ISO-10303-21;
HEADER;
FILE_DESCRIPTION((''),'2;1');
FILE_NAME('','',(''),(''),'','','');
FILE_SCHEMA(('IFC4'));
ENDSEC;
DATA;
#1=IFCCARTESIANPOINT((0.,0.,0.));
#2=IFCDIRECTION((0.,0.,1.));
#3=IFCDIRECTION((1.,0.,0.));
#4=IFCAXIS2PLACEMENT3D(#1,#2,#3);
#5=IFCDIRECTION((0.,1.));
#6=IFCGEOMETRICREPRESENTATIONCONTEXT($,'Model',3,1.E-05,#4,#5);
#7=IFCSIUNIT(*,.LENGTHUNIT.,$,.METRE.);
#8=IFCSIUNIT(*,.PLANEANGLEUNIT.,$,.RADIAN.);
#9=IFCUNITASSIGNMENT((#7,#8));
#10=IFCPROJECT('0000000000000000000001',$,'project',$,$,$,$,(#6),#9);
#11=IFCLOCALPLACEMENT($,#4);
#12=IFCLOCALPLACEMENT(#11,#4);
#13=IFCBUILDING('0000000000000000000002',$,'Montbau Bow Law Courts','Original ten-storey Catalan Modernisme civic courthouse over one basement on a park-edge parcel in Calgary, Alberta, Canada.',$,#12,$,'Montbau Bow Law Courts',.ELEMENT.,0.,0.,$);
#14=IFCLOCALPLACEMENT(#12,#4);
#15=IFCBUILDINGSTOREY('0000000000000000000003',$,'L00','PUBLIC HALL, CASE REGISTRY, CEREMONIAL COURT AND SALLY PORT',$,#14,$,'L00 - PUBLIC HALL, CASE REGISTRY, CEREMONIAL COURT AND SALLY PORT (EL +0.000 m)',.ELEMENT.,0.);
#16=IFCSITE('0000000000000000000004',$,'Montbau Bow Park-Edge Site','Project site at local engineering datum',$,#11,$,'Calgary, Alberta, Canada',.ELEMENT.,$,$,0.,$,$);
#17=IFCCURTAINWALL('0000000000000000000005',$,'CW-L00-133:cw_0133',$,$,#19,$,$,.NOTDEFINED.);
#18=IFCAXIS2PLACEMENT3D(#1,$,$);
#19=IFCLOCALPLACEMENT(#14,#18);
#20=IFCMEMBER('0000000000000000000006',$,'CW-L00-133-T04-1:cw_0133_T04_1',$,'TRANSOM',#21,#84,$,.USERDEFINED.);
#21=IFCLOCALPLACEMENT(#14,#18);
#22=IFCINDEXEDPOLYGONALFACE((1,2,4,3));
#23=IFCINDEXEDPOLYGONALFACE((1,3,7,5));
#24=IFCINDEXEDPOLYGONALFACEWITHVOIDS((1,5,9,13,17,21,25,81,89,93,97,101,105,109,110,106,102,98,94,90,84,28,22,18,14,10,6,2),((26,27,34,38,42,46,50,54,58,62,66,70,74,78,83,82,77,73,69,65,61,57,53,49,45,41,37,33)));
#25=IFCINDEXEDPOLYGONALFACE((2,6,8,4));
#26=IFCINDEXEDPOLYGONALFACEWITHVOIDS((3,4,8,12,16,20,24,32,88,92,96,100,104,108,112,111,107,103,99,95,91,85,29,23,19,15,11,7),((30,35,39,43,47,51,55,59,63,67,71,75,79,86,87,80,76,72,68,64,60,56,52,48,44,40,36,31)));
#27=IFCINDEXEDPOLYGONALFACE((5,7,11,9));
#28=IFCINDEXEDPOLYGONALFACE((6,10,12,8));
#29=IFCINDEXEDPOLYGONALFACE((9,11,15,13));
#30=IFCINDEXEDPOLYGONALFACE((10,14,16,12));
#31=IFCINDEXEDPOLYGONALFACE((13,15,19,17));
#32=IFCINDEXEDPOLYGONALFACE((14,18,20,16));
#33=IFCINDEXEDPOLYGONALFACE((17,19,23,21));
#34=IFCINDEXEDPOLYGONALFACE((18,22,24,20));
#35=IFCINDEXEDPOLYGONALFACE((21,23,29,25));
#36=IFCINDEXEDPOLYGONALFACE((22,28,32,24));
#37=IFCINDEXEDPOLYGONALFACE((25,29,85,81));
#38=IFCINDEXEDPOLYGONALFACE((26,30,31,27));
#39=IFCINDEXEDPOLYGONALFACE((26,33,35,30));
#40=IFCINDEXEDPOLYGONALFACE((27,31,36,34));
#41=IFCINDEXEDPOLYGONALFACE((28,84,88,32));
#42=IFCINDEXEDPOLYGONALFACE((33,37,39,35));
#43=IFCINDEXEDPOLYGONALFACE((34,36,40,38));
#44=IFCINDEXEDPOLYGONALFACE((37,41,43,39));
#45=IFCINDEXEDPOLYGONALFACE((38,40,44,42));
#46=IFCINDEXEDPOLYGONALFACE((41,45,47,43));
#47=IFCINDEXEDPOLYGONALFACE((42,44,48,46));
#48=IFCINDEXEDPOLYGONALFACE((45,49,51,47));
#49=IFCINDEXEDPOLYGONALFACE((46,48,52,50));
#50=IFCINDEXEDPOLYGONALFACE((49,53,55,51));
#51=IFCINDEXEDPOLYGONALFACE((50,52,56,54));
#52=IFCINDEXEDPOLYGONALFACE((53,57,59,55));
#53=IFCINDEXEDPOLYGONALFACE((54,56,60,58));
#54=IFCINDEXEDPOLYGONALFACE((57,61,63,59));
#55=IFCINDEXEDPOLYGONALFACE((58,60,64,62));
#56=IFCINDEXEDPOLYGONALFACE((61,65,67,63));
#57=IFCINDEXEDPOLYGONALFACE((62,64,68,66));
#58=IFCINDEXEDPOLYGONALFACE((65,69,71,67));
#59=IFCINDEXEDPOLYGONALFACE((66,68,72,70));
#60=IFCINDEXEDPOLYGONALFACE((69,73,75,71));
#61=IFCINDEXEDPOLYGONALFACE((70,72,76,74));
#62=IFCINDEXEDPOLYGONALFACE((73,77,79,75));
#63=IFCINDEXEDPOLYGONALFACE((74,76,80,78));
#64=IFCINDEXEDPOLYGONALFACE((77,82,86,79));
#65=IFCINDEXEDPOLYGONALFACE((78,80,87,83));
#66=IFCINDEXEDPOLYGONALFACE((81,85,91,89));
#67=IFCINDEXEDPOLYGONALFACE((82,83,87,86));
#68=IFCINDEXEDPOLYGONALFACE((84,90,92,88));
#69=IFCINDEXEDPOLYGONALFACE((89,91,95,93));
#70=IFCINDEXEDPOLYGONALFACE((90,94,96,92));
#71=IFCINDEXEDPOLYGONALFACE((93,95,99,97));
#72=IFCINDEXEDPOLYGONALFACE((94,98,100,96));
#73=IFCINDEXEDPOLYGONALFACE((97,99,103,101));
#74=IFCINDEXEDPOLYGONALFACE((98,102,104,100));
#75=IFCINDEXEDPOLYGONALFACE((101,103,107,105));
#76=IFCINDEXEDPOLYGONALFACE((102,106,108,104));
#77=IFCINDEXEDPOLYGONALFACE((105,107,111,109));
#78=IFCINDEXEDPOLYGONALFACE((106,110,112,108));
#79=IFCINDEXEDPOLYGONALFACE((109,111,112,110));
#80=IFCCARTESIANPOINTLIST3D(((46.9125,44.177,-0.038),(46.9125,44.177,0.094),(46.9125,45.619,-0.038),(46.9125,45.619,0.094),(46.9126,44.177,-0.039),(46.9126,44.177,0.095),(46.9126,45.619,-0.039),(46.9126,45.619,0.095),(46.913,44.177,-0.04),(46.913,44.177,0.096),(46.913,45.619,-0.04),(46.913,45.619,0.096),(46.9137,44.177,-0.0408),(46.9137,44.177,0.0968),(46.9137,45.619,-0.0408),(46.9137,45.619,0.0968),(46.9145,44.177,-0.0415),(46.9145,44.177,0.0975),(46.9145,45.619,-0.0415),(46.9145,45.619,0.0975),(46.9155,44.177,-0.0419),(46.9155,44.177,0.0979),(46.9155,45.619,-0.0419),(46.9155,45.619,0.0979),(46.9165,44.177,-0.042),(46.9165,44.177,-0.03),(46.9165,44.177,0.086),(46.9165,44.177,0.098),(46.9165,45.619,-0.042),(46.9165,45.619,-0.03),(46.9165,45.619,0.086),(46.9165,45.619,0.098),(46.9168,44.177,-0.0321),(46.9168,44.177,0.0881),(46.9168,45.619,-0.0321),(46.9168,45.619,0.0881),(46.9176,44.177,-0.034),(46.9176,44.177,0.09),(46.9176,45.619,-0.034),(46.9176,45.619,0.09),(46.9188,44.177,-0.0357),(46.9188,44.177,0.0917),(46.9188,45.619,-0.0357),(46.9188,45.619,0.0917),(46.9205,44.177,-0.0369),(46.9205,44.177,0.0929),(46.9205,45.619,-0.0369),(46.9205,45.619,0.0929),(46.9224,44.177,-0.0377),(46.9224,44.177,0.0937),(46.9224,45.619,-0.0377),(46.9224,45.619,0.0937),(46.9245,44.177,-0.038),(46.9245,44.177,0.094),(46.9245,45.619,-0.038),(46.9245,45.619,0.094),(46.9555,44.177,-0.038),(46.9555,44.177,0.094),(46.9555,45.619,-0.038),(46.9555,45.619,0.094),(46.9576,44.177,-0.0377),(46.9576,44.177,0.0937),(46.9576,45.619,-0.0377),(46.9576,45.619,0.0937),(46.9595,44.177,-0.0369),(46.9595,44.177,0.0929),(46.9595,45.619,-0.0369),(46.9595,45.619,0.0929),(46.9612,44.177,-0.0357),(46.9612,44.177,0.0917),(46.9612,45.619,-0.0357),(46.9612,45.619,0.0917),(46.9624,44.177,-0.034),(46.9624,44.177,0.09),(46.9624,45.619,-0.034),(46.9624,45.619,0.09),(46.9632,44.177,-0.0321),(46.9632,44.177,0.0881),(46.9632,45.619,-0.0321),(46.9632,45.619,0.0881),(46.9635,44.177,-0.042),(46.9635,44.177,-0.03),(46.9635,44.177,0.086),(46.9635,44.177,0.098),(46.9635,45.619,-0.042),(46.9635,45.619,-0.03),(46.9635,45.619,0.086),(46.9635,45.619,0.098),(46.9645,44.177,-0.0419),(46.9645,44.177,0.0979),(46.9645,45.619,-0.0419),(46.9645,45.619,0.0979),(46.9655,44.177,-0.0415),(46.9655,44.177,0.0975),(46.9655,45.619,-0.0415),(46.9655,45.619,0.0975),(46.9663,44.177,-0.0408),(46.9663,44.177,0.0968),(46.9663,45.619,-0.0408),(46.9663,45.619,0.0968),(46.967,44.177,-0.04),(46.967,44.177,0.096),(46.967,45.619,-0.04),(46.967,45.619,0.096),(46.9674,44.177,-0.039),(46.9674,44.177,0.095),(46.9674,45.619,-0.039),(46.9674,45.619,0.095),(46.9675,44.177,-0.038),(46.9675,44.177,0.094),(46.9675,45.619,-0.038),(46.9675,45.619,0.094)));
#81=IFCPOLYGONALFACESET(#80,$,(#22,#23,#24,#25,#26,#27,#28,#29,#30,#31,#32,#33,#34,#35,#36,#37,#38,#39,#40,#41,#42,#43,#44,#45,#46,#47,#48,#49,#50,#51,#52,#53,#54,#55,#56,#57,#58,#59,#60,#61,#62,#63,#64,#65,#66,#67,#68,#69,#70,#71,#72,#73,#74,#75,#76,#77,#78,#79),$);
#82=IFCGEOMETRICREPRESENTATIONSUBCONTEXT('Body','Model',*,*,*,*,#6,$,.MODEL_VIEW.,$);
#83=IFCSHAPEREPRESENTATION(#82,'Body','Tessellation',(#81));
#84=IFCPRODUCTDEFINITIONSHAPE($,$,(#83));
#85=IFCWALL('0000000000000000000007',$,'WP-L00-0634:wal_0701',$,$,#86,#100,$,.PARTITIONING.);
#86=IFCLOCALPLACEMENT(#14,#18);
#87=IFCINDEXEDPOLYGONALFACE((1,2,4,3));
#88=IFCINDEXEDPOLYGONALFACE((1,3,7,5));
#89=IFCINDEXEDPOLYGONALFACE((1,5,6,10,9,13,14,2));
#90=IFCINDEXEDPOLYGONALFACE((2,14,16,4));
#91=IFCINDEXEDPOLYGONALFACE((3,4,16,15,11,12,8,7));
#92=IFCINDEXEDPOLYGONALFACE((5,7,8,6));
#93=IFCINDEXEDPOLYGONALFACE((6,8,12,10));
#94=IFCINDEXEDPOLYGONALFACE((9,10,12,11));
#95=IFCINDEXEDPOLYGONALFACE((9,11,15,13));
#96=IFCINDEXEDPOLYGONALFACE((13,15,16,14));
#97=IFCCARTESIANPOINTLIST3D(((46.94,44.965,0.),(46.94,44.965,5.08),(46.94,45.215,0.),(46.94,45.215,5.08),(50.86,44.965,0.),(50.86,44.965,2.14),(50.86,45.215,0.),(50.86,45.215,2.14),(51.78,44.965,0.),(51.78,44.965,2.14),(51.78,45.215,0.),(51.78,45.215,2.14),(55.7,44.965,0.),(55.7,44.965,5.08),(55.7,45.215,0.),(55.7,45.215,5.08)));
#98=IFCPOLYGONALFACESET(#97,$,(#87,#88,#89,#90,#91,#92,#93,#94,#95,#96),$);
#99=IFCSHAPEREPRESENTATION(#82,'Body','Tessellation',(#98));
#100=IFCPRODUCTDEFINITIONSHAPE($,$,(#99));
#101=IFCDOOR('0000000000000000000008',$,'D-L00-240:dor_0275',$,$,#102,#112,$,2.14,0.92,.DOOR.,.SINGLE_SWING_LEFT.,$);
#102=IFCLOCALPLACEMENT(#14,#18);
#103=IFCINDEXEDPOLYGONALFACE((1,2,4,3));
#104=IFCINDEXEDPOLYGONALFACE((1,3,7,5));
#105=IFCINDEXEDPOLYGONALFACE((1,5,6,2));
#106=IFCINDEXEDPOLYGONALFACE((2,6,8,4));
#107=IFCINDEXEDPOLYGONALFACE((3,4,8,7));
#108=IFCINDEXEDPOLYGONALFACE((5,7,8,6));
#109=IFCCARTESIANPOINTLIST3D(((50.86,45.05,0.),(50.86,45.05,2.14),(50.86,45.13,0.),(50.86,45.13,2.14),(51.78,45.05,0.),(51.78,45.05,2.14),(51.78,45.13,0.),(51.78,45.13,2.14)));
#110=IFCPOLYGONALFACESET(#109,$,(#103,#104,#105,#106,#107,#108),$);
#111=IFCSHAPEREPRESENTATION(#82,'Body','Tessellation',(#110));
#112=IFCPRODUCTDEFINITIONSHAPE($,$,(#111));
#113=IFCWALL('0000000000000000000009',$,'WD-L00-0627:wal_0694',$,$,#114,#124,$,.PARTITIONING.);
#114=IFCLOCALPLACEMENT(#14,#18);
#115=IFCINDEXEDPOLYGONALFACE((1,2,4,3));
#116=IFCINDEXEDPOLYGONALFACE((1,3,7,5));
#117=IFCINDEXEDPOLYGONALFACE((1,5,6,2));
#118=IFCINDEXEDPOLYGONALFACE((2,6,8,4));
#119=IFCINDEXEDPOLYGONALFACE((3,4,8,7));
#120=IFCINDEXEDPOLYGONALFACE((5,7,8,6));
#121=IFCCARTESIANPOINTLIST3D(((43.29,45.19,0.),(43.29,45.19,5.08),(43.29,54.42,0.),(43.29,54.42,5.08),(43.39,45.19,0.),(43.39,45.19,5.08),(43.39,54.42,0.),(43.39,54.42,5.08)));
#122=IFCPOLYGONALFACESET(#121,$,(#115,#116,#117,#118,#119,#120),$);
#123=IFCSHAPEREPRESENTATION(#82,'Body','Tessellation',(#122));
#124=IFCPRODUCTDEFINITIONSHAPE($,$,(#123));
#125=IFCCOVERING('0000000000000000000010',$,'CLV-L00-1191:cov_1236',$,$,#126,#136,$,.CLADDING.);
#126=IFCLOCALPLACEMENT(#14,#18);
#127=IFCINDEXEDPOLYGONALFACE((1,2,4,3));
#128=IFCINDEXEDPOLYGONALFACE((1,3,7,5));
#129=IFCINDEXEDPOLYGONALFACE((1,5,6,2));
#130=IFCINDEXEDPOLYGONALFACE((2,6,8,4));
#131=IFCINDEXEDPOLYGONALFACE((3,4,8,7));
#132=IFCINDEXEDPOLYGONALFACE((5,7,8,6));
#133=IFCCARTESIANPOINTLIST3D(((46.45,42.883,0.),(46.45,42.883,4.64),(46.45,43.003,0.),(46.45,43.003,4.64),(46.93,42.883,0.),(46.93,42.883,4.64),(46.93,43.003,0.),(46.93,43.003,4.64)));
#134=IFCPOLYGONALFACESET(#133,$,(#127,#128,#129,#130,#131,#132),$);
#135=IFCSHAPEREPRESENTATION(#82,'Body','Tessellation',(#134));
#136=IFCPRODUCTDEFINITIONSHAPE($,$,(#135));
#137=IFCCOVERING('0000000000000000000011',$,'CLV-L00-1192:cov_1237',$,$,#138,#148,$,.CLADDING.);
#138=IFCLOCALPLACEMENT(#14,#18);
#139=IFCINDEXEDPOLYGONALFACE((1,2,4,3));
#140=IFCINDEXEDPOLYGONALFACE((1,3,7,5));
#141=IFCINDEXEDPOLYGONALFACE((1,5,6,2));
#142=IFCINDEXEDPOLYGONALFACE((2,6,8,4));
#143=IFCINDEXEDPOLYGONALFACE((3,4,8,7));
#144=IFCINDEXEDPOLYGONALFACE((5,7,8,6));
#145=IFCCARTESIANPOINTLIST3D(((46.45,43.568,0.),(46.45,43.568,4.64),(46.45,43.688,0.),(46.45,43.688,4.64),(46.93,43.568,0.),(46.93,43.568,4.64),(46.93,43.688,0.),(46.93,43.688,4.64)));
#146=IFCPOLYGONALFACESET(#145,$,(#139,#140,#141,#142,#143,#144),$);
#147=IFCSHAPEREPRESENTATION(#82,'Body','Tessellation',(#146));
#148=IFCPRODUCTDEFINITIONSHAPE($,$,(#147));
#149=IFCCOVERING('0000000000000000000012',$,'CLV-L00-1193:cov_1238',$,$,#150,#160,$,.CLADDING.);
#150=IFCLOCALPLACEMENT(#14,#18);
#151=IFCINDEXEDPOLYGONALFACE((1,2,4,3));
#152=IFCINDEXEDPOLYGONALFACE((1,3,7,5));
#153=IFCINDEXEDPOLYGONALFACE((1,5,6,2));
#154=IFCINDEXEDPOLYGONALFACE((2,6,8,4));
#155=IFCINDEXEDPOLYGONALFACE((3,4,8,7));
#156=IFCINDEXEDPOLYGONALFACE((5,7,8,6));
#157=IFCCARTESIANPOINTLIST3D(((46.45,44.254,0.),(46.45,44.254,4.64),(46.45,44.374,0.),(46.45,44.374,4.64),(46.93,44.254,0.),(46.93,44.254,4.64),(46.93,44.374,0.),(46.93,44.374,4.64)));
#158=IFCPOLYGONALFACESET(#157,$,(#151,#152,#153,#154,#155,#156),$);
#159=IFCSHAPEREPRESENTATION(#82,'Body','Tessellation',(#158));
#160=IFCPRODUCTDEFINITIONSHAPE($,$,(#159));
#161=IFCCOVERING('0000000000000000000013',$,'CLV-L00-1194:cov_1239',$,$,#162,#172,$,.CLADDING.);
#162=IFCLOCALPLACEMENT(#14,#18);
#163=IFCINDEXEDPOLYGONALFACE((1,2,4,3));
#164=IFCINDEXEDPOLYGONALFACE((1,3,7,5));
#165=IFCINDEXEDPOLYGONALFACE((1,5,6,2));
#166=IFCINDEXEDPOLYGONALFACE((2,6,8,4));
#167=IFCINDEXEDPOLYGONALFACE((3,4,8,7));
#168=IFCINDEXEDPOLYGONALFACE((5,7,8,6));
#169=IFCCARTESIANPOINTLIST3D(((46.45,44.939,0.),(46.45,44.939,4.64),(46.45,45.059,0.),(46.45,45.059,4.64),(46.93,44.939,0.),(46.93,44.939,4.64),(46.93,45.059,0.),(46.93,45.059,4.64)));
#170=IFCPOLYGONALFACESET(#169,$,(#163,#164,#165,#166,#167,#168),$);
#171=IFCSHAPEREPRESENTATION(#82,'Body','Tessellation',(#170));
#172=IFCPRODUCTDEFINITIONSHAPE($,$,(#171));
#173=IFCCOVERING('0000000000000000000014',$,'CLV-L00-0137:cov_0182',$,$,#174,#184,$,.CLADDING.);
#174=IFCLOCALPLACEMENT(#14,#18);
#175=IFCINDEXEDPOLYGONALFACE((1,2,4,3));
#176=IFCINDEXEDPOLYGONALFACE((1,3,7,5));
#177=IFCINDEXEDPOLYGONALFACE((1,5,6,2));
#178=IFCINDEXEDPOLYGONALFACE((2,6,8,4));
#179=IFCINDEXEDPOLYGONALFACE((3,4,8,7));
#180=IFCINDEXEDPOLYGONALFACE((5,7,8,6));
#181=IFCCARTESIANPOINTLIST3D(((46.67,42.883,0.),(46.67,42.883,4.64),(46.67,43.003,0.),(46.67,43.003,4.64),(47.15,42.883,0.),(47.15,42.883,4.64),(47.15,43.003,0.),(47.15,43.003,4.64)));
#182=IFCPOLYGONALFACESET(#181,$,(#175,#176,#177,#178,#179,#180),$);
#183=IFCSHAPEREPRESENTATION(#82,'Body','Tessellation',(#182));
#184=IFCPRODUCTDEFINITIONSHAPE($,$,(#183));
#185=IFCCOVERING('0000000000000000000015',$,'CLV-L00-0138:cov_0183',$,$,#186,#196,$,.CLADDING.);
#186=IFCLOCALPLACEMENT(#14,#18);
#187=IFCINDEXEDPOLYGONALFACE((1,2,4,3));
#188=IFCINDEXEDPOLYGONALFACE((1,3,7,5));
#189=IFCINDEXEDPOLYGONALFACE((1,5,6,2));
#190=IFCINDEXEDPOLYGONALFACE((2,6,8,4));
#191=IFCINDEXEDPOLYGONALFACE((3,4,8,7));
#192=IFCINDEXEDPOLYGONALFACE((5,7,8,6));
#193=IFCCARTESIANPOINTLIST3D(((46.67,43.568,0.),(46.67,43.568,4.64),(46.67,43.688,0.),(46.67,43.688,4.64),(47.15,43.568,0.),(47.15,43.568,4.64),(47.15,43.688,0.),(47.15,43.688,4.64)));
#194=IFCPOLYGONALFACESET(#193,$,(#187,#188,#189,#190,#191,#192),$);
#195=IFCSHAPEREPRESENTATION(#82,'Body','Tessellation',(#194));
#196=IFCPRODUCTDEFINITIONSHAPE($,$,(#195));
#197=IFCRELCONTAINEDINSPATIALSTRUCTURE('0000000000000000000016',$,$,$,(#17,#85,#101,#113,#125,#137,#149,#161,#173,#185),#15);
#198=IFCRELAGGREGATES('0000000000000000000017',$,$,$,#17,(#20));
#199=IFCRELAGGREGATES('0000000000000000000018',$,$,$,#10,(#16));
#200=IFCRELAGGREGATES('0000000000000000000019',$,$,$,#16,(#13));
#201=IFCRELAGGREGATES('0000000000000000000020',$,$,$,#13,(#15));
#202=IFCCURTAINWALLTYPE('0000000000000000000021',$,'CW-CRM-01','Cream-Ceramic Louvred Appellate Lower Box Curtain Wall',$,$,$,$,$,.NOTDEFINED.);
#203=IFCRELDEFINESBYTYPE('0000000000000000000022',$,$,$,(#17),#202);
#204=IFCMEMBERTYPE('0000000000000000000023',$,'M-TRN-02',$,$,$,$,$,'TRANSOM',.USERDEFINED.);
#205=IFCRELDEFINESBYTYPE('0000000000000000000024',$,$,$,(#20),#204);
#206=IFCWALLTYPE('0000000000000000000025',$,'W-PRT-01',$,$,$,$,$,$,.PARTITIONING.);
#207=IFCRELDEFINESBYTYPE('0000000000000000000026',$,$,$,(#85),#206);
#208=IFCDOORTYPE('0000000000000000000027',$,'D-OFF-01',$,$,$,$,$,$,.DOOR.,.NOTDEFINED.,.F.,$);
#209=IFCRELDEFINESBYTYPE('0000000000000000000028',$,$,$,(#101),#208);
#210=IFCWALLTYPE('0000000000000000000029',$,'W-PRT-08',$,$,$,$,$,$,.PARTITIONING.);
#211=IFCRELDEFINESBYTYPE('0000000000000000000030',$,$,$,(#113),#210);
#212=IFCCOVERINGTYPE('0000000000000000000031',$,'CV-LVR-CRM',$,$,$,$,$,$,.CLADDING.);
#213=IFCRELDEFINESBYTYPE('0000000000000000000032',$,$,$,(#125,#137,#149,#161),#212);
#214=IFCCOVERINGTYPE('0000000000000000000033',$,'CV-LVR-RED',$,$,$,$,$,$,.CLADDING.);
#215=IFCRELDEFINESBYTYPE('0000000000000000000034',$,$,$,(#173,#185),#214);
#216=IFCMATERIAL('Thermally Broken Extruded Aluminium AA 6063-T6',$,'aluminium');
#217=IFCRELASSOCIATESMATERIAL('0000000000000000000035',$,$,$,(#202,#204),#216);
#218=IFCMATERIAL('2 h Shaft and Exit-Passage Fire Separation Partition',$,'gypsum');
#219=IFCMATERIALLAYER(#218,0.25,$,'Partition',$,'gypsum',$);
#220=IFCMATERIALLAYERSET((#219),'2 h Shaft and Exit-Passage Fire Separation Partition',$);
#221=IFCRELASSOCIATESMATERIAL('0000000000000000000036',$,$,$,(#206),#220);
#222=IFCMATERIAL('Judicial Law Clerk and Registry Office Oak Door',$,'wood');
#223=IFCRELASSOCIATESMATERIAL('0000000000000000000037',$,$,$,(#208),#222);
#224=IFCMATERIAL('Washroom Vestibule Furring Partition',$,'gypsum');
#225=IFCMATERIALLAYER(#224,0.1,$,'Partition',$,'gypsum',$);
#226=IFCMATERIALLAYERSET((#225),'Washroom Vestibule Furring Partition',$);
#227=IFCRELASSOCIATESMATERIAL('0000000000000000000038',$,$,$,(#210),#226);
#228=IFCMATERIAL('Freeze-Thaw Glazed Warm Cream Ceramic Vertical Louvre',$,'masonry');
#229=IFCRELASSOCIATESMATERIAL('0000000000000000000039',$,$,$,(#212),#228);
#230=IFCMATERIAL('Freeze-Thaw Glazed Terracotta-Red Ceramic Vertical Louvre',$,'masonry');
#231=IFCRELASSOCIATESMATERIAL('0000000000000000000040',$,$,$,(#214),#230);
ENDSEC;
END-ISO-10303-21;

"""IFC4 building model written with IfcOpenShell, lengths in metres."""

from ifc_helpers import new_model, si_unit, direction, frame, frame_2d, origin_with_axes, origin_2d_with_axis, place, context, subcontext, project, spatial, rectangle, hollow_rectangle, extrude, material, layer, layer_set, material_profile, profile_set, type_object, element, fill, aggregate, save


model = new_model("IFC4")

# Units and contexts
model_context = context("Model", 3, precision=1e-05, world=origin_with_axes(), true_north=direction((0.0, 1.0)))
body_context = subcontext(model_context, "Body", "Model", "MODEL_VIEW")
ifc_project = project(units=[si_unit("LENGTHUNIT", "METRE"), si_unit("PLANEANGLEUNIT", "RADIAN")], contexts=[model_context])

# Site, building, storey
site_placement = place(None, origin_with_axes())
site = spatial("IfcSite", under=ifc_project, at=site_placement, Name="Montbau Bow Park-Edge Site", Description="Project site at local engineering datum", LongName="Calgary, Alberta, Canada", CompositionType="ELEMENT", RefElevation=0.0)
building_placement = place(site_placement, origin_with_axes())
building = spatial("IfcBuilding", under=site, at=building_placement, Name="Montbau Bow Law Courts", Description="Original ten-storey Catalan Modernisme civic courthouse over one basement on a park-edge parcel in Calgary, Alberta, Canada.", LongName="Montbau Bow Law Courts", CompositionType="ELEMENT", ElevationOfRefHeight=0.0, ElevationOfTerrain=0.0)
storey_placement = place(building_placement, origin_with_axes())
storey = spatial("IfcBuildingStorey", under=building, at=storey_placement, Name="L00", Description="PUBLIC HALL, CASE REGISTRY, CEREMONIAL COURT AND SALLY PORT", LongName="L00 - PUBLIC HALL, CASE REGISTRY, CEREMONIAL COURT AND SALLY PORT (EL +0.000 m)", CompositionType="ELEMENT", Elevation=0.0)

# Shared definitions
ifc_material_1 = material(Name="Thermally Broken Extruded Aluminium AA 6063-T6", Category="aluminium")

# Curtain wall
curtain_wall_type_1 = type_object("IfcCurtainWallType", Name="CW-CRM-01", Description="Cream-Ceramic Louvred Appellate Lower Box Curtain Wall", PredefinedType="NOTDEFINED", material=ifc_material_1)
curtain_wall_1_placement = place(None, frame((46.94, 39.515, 0.0), z_axis=(0.0, 0.0, 1.0), x_axis=(1.0, 0.0, 0.0)))
curtain_wall_1 = element("IfcCurtainWall", 1, at=curtain_wall_1_placement, inside=storey, type_object=curtain_wall_type_1, Name="CW-L00-133:cw_0133", PredefinedType="NOTDEFINED")

# Member
ifc_material_profile_1 = material_profile(ifc_material_1, hollow_rectangle(XDim=0.055, YDim=0.14, WallThickness=0.004, InnerFilletRadius=0.008, OuterFilletRadius=0.004, at=origin_2d_with_axis()), Name="CWT-140X55", Category="Main", Priority=0)
ifc_profile_set_1 = profile_set([ifc_material_profile_1], Name="Thermally Broken Extruded Aluminium AA 6063-T6")
member_type_1 = type_object("IfcMemberType", Name="M-TRN-02", ElementType="TRANSOM", PredefinedType="USERDEFINED", material=ifc_profile_set_1)
member_1_placement = place(None, frame((46.94, 44.177, 0.028), z_axis=(0.0, 1.0, 0.0), x_axis=(-1.0, 0.0, 0.0)))
member_1 = element("IfcMember", 2, at=member_1_placement, type_object=member_type_1, Name="CW-L00-133-T04-1:cw_0133_T04_1", ObjectType="TRANSOM", PredefinedType="USERDEFINED", context=body_context, shape_type="SweptSolid", body=[
    extrude(hollow_rectangle(XDim=0.055, YDim=0.14, WallThickness=0.004, InnerFilletRadius=0.008, OuterFilletRadius=0.004, at=origin_2d_with_axis()), origin_with_axes(), (0.0, 0.0, 1.0), 1.442),
])
aggregate(curtain_wall_1, [member_1])

# Wall, opening, door
ifc_material_2 = material(Name="2 h Shaft and Exit-Passage Fire Separation Partition", Category="gypsum")
ifc_layer_1 = layer(ifc_material_2, 0.25, Name="Partition", Category="gypsum")
ifc_layer_set_1 = layer_set([ifc_layer_1], Name="2 h Shaft and Exit-Passage Fire Separation Partition")
wall_type_1 = type_object("IfcWallType", Name="W-PRT-01", PredefinedType="PARTITIONING", material=ifc_layer_set_1)
wall_1_placement = place(None, frame((46.94, 45.09, 0.0), z_axis=(0.0, 0.0, 1.0), x_axis=(1.0, 0.0, 0.0)))
wall_1 = element("IfcWall", 3, at=wall_1_placement, inside=storey, type_object=wall_type_1, Name="WP-L00-0634:wal_0701", PredefinedType="PARTITIONING", context=body_context, shape_type="SweptSolid", body=[
    extrude(rectangle(XDim=8.76, YDim=0.25, at=frame_2d((4.38, 0.0), x_axis=(1.0, 0.0))), origin_with_axes(), (0.0, 0.0, 1.0), 5.08),
])
opening_placement = place(None, frame((51.32, 45.09, 0.0), z_axis=(0.0, 0.0, 1.0), x_axis=(1.0, 0.0, 0.0)))
opening = element("IfcOpeningElement", 4, at=opening_placement, cuts=wall_1, PredefinedType="OPENING", context=body_context, shape_type="SweptSolid", body=[
    extrude(rectangle(XDim=0.92, YDim=2.14, at=frame_2d((0.0, 1.07), x_axis=(1.0, 0.0))), frame((0.0, 0.135, 0.0), z_axis=(0.0, -1.0, 0.0), x_axis=(1.0, 0.0, 0.0)), (0.0, 0.0, 1.0), 0.27),
])
ifc_material_3 = material(Name="Judicial Law Clerk and Registry Office Oak Door", Category="wood")
door_type = type_object("IfcDoorType", Name="D-OFF-01", OperationType="NOTDEFINED", ParameterTakesPrecedence=False, PredefinedType="DOOR", material=ifc_material_3)
door_placement = place(None, frame((51.32, 45.09, 0.0), z_axis=(0.0, 0.0, 1.0), x_axis=(-1.0, 0.0, 0.0)))
door = element("IfcDoor", 5, at=door_placement, inside=storey, type_object=door_type, Name="D-L00-240:dor_0275", OperationType="SINGLE_SWING_LEFT", OverallHeight=2.14, OverallWidth=0.92, PredefinedType="DOOR", context=body_context, shape_type="SweptSolid", body=[
    extrude(rectangle(XDim=0.92, YDim=2.14, at=frame_2d((0.0, 1.07), x_axis=(1.0, 0.0))), frame((0.0, 0.04, 0.0), z_axis=(0.0, -1.0, 0.0), x_axis=(1.0, 0.0, 0.0)), (0.0, 0.0, 1.0), 0.08),
])
fill(opening, door)

# Wall
ifc_material_4 = material(Name="Washroom Vestibule Furring Partition", Category="gypsum")
ifc_layer_2 = layer(ifc_material_4, 0.1, Name="Partition", Category="gypsum")
ifc_layer_set_2 = layer_set([ifc_layer_2], Name="Washroom Vestibule Furring Partition")
wall_type_2 = type_object("IfcWallType", Name="W-PRT-08", PredefinedType="PARTITIONING", material=ifc_layer_set_2)
wall_2_placement = place(None, frame((43.34, 45.19, 0.0), z_axis=(0.0, 0.0, 1.0), x_axis=(0.0, 1.0, 0.0)))
element("IfcWall", 6, at=wall_2_placement, inside=storey, type_object=wall_type_2, Name="WD-L00-0627:wal_0694", PredefinedType="PARTITIONING", context=body_context, shape_type="SweptSolid", body=[
    extrude(rectangle(XDim=9.23, YDim=0.1, at=frame_2d((4.615, 0.0), x_axis=(1.0, 0.0))), origin_with_axes(), (0.0, 0.0, 1.0), 5.08),
])

# Coverings
ifc_material_5 = material(Name="Freeze-Thaw Glazed Warm Cream Ceramic Vertical Louvre", Category="masonry")
covering_type_1 = type_object("IfcCoveringType", Name="CV-LVR-CRM", PredefinedType="CLADDING", material=ifc_material_5)
for number, where, z_axis, x_axis, name in (
    (7, (46.93, 42.943, 0.0), (0.0, 1.0, 0.0), (-1.0, 0.0, 0.0), "CLV-L00-1191:cov_1236"),
    (8, (46.93, 43.628, 0.0), (0.0, 1.0, 0.0), (-1.0, 0.0, 0.0), "CLV-L00-1192:cov_1237"),
    (9, (46.93, 44.314, 0.0), (0.0, 1.0, 0.0), (-1.0, 0.0, 0.0), "CLV-L00-1193:cov_1238"),
    (10, (46.93, 44.999, 0.0), (0.0, 1.0, 0.0), (-1.0, 0.0, 0.0), "CLV-L00-1194:cov_1239"),
):
    element("IfcCovering", number, at=place(None, frame(where, z_axis=z_axis, x_axis=x_axis)), inside=storey, type_object=covering_type_1, Name=name, PredefinedType="CLADDING", context=body_context, shape_type="SweptSolid", body=[
        extrude(rectangle(XDim=0.48, YDim=4.64, at=frame_2d((0.24, 2.32), x_axis=(1.0, 0.0))), frame((0.0, 0.0, -0.06), z_axis=(0.0, 0.0, 1.0), x_axis=(1.0, 0.0, 0.0)), (0.0, 0.0, 1.0), 0.12),
    ])
ifc_material_6 = material(Name="Freeze-Thaw Glazed Terracotta-Red Ceramic Vertical Louvre", Category="masonry")
covering_type_2 = type_object("IfcCoveringType", Name="CV-LVR-RED", PredefinedType="CLADDING", material=ifc_material_6)
for number, where, z_axis, x_axis, name in (
    (11, (46.67, 42.943, 0.0), (0.0, -1.0, 0.0), (1.0, 0.0, 0.0), "CLV-L00-0137:cov_0182"),
    (12, (46.67, 43.628, 0.0), (0.0, -1.0, 0.0), (1.0, 0.0, 0.0), "CLV-L00-0138:cov_0183"),
):
    element("IfcCovering", number, at=place(None, frame(where, z_axis=z_axis, x_axis=x_axis)), inside=storey, type_object=covering_type_2, Name=name, PredefinedType="CLADDING", context=body_context, shape_type="SweptSolid", body=[
        extrude(rectangle(XDim=0.48, YDim=4.64, at=frame_2d((0.24, 2.32), x_axis=(1.0, 0.0))), frame((0.0, 0.0, -0.06), z_axis=(0.0, 0.0, 1.0), x_axis=(1.0, 0.0, 0.0)), (0.0, 0.0, 1.0), 0.12),
    ])

save(model, "model.ifc")
